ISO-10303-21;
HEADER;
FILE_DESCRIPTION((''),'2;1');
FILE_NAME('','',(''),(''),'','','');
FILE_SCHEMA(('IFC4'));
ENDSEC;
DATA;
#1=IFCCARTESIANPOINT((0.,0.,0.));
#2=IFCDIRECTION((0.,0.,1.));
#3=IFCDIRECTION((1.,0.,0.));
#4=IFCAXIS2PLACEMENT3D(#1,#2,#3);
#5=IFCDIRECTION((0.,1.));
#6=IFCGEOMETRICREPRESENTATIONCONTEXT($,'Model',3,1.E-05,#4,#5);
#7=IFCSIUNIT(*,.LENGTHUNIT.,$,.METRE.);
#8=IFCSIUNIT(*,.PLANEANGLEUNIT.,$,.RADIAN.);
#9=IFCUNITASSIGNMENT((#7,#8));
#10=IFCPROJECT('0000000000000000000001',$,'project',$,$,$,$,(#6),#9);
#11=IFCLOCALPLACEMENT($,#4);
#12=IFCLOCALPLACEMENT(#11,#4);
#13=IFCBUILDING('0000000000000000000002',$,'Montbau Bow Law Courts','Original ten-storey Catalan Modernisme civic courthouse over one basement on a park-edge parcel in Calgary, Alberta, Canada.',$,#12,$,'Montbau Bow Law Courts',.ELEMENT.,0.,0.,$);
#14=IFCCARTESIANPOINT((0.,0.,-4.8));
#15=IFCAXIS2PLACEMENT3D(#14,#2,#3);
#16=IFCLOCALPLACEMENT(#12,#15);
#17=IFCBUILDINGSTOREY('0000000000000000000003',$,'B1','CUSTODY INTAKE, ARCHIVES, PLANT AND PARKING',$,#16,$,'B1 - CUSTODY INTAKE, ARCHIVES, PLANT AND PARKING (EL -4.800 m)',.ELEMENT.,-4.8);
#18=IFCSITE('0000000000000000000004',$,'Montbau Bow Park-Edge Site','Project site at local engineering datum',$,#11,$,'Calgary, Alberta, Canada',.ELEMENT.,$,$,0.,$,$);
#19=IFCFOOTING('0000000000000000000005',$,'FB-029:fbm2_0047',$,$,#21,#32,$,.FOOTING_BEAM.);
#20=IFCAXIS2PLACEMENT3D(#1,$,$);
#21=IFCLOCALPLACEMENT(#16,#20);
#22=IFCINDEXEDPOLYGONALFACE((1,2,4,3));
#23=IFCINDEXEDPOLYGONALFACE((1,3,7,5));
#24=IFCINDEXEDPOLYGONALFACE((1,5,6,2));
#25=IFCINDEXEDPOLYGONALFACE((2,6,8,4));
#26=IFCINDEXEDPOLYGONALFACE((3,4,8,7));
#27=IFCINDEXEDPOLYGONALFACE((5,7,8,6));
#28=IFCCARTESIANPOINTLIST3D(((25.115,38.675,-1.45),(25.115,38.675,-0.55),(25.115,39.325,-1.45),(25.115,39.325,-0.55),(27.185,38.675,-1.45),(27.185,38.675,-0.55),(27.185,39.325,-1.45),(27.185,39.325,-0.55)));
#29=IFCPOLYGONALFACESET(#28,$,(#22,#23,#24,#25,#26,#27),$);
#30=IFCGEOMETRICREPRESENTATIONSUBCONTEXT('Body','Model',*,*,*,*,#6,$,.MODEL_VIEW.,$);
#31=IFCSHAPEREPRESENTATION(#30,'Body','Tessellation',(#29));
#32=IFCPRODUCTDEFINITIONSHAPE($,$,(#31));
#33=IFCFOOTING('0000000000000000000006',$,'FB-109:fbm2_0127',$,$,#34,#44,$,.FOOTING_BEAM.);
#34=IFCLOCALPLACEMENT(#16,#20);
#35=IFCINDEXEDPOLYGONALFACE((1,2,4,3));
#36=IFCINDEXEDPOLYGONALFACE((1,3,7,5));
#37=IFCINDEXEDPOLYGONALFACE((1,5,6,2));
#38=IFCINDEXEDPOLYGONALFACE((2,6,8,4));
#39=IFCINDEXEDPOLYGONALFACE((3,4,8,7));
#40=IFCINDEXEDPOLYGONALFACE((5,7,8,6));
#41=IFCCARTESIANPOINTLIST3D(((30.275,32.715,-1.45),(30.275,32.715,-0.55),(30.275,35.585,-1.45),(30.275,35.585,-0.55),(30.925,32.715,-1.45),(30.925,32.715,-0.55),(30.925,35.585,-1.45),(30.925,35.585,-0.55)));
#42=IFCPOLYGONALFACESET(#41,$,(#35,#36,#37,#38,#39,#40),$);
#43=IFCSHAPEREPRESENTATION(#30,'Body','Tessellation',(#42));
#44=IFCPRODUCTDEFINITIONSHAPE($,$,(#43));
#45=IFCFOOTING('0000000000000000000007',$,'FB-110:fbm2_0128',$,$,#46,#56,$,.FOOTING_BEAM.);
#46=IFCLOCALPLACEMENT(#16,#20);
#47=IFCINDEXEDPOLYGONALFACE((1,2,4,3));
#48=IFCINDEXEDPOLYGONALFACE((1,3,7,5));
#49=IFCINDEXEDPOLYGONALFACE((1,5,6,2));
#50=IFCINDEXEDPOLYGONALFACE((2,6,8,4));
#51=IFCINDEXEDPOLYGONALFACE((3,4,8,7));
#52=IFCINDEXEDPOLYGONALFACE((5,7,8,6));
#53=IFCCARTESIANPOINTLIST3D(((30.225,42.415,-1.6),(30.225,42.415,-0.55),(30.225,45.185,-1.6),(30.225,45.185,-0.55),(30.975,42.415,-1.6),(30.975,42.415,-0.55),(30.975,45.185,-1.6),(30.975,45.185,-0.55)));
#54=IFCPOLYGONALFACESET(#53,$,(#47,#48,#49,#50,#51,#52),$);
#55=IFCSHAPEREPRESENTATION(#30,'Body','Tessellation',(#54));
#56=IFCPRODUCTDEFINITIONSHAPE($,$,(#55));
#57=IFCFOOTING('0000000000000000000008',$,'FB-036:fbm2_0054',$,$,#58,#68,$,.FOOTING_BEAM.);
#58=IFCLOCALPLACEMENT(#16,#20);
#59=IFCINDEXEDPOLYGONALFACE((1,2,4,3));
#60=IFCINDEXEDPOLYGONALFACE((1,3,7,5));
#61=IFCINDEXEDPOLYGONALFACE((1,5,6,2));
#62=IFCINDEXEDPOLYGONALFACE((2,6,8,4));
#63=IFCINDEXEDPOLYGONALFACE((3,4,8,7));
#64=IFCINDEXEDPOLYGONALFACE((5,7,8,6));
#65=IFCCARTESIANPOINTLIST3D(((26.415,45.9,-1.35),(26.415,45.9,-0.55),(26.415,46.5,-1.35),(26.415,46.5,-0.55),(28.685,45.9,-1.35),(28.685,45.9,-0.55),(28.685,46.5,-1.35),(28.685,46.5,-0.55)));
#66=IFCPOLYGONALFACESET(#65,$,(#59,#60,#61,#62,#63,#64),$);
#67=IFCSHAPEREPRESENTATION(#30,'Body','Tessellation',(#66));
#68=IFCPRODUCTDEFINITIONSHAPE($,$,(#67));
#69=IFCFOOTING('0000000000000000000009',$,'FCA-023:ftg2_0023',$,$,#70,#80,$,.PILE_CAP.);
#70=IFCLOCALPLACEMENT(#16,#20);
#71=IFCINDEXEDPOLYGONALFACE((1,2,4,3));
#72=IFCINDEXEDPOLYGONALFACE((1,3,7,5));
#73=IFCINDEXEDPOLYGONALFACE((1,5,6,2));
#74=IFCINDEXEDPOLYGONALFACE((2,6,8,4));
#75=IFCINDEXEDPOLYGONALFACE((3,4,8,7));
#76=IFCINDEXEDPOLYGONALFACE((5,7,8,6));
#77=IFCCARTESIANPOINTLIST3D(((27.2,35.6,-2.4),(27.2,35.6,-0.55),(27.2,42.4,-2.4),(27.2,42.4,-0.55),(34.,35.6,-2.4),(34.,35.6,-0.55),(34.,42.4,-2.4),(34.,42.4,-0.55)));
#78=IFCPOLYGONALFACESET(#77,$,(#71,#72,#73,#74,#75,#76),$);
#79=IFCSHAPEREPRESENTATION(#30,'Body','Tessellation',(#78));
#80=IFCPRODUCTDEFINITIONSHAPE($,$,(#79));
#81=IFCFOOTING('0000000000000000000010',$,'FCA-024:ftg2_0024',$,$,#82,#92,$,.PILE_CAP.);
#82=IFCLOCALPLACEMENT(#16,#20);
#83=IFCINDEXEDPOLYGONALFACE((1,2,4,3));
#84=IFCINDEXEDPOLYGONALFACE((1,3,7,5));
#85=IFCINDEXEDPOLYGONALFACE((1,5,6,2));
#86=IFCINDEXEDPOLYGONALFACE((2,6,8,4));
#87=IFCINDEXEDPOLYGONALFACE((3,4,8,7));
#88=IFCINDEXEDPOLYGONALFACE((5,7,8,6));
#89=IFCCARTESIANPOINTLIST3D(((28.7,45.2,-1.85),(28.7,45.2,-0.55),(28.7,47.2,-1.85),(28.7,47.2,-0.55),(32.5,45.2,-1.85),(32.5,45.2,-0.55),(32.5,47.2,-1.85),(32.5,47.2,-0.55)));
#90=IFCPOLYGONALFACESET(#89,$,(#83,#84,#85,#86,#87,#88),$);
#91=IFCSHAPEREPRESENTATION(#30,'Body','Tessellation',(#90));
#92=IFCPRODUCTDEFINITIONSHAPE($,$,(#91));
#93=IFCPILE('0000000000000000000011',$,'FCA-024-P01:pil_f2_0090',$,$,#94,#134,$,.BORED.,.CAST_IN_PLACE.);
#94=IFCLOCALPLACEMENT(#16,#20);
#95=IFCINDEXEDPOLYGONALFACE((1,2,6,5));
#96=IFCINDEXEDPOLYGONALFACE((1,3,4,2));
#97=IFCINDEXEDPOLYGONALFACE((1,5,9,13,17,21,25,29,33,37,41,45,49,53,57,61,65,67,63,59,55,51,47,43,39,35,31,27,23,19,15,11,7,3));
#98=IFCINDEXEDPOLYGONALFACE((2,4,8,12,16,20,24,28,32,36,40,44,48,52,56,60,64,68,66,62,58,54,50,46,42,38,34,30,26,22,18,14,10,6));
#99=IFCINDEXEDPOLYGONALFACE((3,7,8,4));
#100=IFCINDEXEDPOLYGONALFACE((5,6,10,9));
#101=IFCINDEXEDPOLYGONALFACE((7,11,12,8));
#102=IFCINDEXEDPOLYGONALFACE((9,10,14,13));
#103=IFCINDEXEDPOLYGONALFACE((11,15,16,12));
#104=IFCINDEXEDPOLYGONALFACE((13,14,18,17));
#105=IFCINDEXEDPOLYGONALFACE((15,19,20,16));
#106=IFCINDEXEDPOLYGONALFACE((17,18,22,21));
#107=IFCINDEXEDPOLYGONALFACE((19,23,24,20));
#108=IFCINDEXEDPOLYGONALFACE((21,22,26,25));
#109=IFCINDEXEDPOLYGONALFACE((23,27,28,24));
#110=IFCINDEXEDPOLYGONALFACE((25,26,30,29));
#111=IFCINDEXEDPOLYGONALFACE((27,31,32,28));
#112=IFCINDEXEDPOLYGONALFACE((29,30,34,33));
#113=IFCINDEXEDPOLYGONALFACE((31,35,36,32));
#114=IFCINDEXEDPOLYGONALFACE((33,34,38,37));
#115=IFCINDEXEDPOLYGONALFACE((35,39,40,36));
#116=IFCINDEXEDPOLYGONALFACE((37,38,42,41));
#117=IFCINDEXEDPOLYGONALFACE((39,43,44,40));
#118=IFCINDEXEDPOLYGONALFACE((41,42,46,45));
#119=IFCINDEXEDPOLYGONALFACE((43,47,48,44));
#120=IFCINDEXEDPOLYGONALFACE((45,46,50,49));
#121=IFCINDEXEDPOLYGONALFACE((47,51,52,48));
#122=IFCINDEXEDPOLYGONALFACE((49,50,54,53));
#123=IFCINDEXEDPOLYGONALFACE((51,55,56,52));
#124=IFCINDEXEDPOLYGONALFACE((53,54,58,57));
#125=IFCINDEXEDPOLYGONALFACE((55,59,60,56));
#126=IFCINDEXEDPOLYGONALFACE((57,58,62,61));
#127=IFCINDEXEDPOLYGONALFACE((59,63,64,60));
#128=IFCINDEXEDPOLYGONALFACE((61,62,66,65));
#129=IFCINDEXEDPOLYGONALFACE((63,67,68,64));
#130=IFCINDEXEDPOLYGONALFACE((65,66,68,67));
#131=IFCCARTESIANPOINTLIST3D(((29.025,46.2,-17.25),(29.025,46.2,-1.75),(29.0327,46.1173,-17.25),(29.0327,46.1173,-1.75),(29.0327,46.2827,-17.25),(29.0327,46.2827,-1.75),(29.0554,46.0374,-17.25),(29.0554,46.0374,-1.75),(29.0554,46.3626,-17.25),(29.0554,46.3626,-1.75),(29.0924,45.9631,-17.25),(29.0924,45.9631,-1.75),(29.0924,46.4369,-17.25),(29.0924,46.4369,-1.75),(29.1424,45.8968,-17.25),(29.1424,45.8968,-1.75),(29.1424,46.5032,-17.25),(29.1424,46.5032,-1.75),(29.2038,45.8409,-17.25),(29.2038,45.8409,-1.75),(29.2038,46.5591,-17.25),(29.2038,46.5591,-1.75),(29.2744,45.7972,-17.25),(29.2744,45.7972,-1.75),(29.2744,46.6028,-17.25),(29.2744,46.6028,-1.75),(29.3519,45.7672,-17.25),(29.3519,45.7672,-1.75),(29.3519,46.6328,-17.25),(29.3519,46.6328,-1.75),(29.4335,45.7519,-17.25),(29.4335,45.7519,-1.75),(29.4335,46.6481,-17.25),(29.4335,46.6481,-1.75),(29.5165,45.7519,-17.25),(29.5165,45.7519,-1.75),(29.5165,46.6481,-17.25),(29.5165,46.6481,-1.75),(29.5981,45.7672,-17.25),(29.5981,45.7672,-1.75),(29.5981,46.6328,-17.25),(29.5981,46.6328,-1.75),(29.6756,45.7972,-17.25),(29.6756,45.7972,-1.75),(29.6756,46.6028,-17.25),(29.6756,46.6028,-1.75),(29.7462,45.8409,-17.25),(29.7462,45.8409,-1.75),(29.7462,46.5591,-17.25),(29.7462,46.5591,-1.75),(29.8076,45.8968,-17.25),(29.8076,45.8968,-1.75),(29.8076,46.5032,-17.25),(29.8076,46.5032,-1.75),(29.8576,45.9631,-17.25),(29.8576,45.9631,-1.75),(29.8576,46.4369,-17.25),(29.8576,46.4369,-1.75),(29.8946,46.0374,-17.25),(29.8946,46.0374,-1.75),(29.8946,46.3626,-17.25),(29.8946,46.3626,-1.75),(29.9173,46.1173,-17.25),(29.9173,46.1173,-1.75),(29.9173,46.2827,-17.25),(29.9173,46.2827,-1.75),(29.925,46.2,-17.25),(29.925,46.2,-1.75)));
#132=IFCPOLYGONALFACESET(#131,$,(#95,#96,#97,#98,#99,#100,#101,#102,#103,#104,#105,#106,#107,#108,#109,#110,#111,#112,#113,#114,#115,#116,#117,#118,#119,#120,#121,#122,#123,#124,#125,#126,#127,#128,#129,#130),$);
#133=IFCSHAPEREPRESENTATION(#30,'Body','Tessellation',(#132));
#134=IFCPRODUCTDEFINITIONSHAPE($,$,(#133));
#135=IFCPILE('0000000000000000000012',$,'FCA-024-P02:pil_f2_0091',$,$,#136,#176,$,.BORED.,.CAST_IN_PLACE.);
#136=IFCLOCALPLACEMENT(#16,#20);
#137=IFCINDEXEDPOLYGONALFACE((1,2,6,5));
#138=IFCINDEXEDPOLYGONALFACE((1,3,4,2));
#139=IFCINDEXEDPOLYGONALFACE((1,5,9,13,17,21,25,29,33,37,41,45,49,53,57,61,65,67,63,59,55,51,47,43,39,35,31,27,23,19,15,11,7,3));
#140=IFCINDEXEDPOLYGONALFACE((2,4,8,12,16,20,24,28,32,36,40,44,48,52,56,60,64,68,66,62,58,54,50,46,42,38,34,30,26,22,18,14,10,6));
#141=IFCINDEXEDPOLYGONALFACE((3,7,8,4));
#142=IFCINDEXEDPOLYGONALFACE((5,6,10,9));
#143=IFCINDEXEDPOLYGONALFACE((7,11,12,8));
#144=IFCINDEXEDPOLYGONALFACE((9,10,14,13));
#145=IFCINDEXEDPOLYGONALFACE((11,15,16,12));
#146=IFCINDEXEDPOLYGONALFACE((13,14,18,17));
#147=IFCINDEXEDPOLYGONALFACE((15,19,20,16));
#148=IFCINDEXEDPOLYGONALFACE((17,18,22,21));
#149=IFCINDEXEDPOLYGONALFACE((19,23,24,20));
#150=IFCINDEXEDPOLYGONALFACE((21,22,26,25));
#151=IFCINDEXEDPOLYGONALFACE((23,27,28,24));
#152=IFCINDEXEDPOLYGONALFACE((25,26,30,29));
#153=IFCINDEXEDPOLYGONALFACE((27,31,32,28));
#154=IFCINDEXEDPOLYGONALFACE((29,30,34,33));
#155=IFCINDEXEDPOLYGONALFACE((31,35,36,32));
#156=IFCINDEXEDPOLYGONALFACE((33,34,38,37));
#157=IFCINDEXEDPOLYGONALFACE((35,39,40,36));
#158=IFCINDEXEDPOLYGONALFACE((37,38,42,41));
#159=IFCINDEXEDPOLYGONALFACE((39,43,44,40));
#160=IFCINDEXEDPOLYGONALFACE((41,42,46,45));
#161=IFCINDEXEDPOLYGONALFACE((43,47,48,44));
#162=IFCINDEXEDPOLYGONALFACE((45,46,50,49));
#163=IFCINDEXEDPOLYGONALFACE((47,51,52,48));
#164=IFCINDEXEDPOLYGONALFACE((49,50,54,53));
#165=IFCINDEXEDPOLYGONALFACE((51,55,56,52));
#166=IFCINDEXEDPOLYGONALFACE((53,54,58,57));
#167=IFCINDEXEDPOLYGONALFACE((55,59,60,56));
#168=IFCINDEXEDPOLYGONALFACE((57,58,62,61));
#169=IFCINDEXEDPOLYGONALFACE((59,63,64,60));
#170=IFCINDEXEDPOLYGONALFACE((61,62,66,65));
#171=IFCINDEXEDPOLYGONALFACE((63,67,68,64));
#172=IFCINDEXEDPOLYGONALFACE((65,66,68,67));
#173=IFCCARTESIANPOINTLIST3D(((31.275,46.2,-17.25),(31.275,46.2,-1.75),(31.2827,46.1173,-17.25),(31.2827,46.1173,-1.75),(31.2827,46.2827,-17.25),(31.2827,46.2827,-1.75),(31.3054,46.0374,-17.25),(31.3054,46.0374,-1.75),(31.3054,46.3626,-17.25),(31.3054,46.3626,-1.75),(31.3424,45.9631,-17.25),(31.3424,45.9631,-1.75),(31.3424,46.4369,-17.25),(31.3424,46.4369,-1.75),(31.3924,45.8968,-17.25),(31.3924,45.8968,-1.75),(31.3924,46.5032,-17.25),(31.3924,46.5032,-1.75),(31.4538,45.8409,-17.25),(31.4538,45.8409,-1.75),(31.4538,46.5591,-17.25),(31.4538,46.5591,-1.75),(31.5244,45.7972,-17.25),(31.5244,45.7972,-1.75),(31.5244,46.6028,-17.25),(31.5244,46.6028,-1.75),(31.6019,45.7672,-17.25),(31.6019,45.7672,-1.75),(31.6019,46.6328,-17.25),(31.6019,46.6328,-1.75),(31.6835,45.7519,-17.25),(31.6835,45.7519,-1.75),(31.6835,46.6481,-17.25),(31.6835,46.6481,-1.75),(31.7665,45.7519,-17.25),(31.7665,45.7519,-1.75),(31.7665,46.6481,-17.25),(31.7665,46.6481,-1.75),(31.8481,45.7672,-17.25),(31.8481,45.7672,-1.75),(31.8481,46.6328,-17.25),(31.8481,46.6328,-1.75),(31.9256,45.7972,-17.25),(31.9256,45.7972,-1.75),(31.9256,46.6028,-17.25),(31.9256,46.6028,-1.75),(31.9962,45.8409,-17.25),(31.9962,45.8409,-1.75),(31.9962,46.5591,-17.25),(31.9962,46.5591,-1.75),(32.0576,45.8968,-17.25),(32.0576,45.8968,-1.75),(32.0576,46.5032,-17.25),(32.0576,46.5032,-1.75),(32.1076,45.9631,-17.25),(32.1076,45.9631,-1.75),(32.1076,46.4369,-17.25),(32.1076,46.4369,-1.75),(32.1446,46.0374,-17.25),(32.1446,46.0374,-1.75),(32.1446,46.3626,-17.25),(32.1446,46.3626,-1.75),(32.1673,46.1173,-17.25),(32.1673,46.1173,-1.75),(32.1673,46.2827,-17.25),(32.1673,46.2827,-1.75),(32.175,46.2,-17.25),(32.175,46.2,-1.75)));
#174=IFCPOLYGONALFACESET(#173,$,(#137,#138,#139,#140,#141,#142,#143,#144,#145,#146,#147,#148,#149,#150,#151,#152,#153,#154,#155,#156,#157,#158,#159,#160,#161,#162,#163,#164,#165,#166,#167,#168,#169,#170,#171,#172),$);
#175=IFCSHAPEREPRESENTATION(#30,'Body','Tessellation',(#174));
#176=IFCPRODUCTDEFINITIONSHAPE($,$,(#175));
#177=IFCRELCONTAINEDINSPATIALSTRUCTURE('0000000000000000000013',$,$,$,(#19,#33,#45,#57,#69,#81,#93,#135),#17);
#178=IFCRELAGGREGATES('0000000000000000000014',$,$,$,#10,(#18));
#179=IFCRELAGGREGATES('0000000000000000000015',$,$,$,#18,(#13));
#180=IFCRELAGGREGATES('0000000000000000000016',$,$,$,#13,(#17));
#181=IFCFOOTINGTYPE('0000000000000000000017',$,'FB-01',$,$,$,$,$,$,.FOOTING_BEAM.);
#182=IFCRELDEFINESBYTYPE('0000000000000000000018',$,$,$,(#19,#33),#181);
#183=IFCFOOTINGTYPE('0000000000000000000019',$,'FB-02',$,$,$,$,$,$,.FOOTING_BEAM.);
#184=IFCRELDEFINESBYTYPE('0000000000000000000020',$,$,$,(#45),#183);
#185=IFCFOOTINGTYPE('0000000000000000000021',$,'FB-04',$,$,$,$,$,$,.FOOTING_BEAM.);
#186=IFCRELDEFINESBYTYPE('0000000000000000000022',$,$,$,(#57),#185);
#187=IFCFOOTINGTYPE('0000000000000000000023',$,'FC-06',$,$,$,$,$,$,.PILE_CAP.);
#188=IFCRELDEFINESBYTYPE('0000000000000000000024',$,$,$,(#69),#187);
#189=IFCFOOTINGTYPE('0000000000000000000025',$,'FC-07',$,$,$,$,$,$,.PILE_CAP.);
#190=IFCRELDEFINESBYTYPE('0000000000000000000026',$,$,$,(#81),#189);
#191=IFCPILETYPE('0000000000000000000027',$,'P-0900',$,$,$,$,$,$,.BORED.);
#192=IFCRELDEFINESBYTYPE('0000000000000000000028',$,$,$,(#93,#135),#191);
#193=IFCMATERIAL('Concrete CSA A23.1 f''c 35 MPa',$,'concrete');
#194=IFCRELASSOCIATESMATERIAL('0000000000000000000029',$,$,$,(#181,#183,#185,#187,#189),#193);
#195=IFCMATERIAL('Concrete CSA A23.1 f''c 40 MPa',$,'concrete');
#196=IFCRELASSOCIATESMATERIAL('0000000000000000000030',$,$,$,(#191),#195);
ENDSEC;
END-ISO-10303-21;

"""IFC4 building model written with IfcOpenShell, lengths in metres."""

from ifc_helpers import new_model, si_unit, direction, frame, origin_with_axes, origin_2d_with_axis, place, context, subcontext, project, spatial, rectangle, circle, extrude, material, material_profile, profile_set, type_object, element, save


model = new_model("IFC4")

# Units and contexts
model_context = context("Model", 3, precision=1e-05, world=origin_with_axes(), true_north=direction((0.0, 1.0)))
body_context = subcontext(model_context, "Body", "Model", "MODEL_VIEW")
ifc_project = project(units=[si_unit("LENGTHUNIT", "METRE"), si_unit("PLANEANGLEUNIT", "RADIAN")], contexts=[model_context])

# Site, building, storey
site_placement = place(None, origin_with_axes())
site = spatial("IfcSite", under=ifc_project, at=site_placement, Name="Montbau Bow Park-Edge Site", Description="Project site at local engineering datum", LongName="Calgary, Alberta, Canada", CompositionType="ELEMENT", RefElevation=0.0)
building_placement = place(site_placement, origin_with_axes())
building = spatial("IfcBuilding", under=site, at=building_placement, Name="Montbau Bow Law Courts", Description="Original ten-storey Catalan Modernisme civic courthouse over one basement on a park-edge parcel in Calgary, Alberta, Canada.", LongName="Montbau Bow Law Courts", CompositionType="ELEMENT", ElevationOfRefHeight=0.0, ElevationOfTerrain=0.0)
storey_placement = place(building_placement, frame((0.0, 0.0, -4.8), z_axis=(0.0, 0.0, 1.0), x_axis=(1.0, 0.0, 0.0)))
storey = spatial("IfcBuildingStorey", under=building, at=storey_placement, Name="B1", Description="CUSTODY INTAKE, ARCHIVES, PLANT AND PARKING", LongName="B1 - CUSTODY INTAKE, ARCHIVES, PLANT AND PARKING (EL -4.800 m)", CompositionType="ELEMENT", Elevation=-4.8)

# Footings
ifc_material_1 = material(Name="Concrete CSA A23.1 f'c 35 MPa", Category="concrete")
footing_type_1 = type_object("IfcFootingType", Name="FB-01", PredefinedType="FOOTING_BEAM", material=ifc_material_1)
footing_1_placement = place(None, frame((26.15, 39.0, -6.25), z_axis=(0.0, 0.0, 1.0), x_axis=(1.0, 0.0, 0.0)))
element("IfcFooting", 1, at=footing_1_placement, inside=storey, type_object=footing_type_1, Name="FB-029:fbm2_0047", PredefinedType="FOOTING_BEAM", context=body_context, shape_type="SweptSolid", body=[
    extrude(rectangle(XDim=2.07, YDim=0.65, at=origin_2d_with_axis()), origin_with_axes(), (0.0, 0.0, 1.0), 0.9),
])
footing_2_placement = place(None, frame((30.6, 34.15, -6.25), z_axis=(0.0, 0.0, 1.0), x_axis=(0.0, 1.0, 0.0)))
element("IfcFooting", 2, at=footing_2_placement, inside=storey, type_object=footing_type_1, Name="FB-109:fbm2_0127", PredefinedType="FOOTING_BEAM", context=body_context, shape_type="SweptSolid", body=[
    extrude(rectangle(XDim=2.87, YDim=0.65, at=origin_2d_with_axis()), origin_with_axes(), (0.0, 0.0, 1.0), 0.9),
])
footing_type_2 = type_object("IfcFootingType", Name="FB-02", PredefinedType="FOOTING_BEAM", material=ifc_material_1)
footing_3_placement = place(None, frame((30.6, 43.8, -6.4), z_axis=(0.0, 0.0, 1.0), x_axis=(0.0, 1.0, 0.0)))
element("IfcFooting", 3, at=footing_3_placement, inside=storey, type_object=footing_type_2, Name="FB-110:fbm2_0128", PredefinedType="FOOTING_BEAM", context=body_context, shape_type="SweptSolid", body=[
    extrude(rectangle(XDim=2.77, YDim=0.75, at=origin_2d_with_axis()), origin_with_axes(), (0.0, 0.0, 1.0), 1.05),
])
footing_type_3 = type_object("IfcFootingType", Name="FB-04", PredefinedType="FOOTING_BEAM", material=ifc_material_1)
footing_4_placement = place(None, frame((27.55, 46.2, -6.15), z_axis=(0.0, 0.0, 1.0), x_axis=(1.0, 0.0, 0.0)))
element("IfcFooting", 4, at=footing_4_placement, inside=storey, type_object=footing_type_3, Name="FB-036:fbm2_0054", PredefinedType="FOOTING_BEAM", context=body_context, shape_type="SweptSolid", body=[
    extrude(rectangle(XDim=2.27, YDim=0.6, at=origin_2d_with_axis()), origin_with_axes(), (0.0, 0.0, 1.0), 0.8),
])
footing_type_4 = type_object("IfcFootingType", Name="FC-06", PredefinedType="PILE_CAP", material=ifc_material_1)
footing_5_placement = place(None, frame((30.6, 39.0, -7.2), z_axis=(0.0, 0.0, 1.0), x_axis=(1.0, 0.0, 0.0)))
element("IfcFooting", 5, at=footing_5_placement, inside=storey, type_object=footing_type_4, Name="FCA-023:ftg2_0023", PredefinedType="PILE_CAP", context=body_context, shape_type="SweptSolid", body=[
    extrude(rectangle(XDim=6.8, YDim=6.8, at=origin_2d_with_axis()), origin_with_axes(), (0.0, 0.0, 1.0), 1.85),
])
footing_type_5 = type_object("IfcFootingType", Name="FC-07", PredefinedType="PILE_CAP", material=ifc_material_1)
footing_6_placement = place(None, frame((30.6, 46.2, -6.65), z_axis=(0.0, 0.0, 1.0), x_axis=(1.0, 0.0, 0.0)))
element("IfcFooting", 6, at=footing_6_placement, inside=storey, type_object=footing_type_5, Name="FCA-024:ftg2_0024", PredefinedType="PILE_CAP", context=body_context, shape_type="SweptSolid", body=[
    extrude(rectangle(XDim=3.8, YDim=2.0, at=origin_2d_with_axis()), origin_with_axes(), (0.0, 0.0, 1.0), 1.3),
])

# Piles
ifc_material_2 = material(Name="Concrete CSA A23.1 f'c 40 MPa", Category="concrete")
ifc_material_profile_1 = material_profile(ifc_material_2, circle(Radius=0.45, at=origin_2d_with_axis()), Name="BP900", Category="Main", Priority=0)
ifc_profile_set_1 = profile_set([ifc_material_profile_1], Name="Concrete CSA A23.1 f'c 40 MPa")
pile_type_1 = type_object("IfcPileType", Name="P-0900", PredefinedType="BORED", material=ifc_profile_set_1)
for number, where, z_axis, x_axis, name in (
    (7, (29.475, 46.2, -22.05), (0.0, 0.0, 1.0), (1.0, 0.0, 0.0), "FCA-024-P01:pil_f2_0090"),
    (8, (31.725, 46.2, -22.05), (0.0, 0.0, 1.0), (1.0, 0.0, 0.0), "FCA-024-P02:pil_f2_0091"),
):
    element("IfcPile", number, at=place(None, frame(where, z_axis=z_axis, x_axis=x_axis)), inside=storey, type_object=pile_type_1, Name=name, ConstructionType="CAST_IN_PLACE", PredefinedType="BORED", context=body_context, shape_type="SweptSolid", body=[
        extrude(circle(Radius=0.45, at=origin_2d_with_axis()), origin_with_axes(), (0.0, 0.0, 1.0), 15.5),
    ])

save(model, "model.ifc")
